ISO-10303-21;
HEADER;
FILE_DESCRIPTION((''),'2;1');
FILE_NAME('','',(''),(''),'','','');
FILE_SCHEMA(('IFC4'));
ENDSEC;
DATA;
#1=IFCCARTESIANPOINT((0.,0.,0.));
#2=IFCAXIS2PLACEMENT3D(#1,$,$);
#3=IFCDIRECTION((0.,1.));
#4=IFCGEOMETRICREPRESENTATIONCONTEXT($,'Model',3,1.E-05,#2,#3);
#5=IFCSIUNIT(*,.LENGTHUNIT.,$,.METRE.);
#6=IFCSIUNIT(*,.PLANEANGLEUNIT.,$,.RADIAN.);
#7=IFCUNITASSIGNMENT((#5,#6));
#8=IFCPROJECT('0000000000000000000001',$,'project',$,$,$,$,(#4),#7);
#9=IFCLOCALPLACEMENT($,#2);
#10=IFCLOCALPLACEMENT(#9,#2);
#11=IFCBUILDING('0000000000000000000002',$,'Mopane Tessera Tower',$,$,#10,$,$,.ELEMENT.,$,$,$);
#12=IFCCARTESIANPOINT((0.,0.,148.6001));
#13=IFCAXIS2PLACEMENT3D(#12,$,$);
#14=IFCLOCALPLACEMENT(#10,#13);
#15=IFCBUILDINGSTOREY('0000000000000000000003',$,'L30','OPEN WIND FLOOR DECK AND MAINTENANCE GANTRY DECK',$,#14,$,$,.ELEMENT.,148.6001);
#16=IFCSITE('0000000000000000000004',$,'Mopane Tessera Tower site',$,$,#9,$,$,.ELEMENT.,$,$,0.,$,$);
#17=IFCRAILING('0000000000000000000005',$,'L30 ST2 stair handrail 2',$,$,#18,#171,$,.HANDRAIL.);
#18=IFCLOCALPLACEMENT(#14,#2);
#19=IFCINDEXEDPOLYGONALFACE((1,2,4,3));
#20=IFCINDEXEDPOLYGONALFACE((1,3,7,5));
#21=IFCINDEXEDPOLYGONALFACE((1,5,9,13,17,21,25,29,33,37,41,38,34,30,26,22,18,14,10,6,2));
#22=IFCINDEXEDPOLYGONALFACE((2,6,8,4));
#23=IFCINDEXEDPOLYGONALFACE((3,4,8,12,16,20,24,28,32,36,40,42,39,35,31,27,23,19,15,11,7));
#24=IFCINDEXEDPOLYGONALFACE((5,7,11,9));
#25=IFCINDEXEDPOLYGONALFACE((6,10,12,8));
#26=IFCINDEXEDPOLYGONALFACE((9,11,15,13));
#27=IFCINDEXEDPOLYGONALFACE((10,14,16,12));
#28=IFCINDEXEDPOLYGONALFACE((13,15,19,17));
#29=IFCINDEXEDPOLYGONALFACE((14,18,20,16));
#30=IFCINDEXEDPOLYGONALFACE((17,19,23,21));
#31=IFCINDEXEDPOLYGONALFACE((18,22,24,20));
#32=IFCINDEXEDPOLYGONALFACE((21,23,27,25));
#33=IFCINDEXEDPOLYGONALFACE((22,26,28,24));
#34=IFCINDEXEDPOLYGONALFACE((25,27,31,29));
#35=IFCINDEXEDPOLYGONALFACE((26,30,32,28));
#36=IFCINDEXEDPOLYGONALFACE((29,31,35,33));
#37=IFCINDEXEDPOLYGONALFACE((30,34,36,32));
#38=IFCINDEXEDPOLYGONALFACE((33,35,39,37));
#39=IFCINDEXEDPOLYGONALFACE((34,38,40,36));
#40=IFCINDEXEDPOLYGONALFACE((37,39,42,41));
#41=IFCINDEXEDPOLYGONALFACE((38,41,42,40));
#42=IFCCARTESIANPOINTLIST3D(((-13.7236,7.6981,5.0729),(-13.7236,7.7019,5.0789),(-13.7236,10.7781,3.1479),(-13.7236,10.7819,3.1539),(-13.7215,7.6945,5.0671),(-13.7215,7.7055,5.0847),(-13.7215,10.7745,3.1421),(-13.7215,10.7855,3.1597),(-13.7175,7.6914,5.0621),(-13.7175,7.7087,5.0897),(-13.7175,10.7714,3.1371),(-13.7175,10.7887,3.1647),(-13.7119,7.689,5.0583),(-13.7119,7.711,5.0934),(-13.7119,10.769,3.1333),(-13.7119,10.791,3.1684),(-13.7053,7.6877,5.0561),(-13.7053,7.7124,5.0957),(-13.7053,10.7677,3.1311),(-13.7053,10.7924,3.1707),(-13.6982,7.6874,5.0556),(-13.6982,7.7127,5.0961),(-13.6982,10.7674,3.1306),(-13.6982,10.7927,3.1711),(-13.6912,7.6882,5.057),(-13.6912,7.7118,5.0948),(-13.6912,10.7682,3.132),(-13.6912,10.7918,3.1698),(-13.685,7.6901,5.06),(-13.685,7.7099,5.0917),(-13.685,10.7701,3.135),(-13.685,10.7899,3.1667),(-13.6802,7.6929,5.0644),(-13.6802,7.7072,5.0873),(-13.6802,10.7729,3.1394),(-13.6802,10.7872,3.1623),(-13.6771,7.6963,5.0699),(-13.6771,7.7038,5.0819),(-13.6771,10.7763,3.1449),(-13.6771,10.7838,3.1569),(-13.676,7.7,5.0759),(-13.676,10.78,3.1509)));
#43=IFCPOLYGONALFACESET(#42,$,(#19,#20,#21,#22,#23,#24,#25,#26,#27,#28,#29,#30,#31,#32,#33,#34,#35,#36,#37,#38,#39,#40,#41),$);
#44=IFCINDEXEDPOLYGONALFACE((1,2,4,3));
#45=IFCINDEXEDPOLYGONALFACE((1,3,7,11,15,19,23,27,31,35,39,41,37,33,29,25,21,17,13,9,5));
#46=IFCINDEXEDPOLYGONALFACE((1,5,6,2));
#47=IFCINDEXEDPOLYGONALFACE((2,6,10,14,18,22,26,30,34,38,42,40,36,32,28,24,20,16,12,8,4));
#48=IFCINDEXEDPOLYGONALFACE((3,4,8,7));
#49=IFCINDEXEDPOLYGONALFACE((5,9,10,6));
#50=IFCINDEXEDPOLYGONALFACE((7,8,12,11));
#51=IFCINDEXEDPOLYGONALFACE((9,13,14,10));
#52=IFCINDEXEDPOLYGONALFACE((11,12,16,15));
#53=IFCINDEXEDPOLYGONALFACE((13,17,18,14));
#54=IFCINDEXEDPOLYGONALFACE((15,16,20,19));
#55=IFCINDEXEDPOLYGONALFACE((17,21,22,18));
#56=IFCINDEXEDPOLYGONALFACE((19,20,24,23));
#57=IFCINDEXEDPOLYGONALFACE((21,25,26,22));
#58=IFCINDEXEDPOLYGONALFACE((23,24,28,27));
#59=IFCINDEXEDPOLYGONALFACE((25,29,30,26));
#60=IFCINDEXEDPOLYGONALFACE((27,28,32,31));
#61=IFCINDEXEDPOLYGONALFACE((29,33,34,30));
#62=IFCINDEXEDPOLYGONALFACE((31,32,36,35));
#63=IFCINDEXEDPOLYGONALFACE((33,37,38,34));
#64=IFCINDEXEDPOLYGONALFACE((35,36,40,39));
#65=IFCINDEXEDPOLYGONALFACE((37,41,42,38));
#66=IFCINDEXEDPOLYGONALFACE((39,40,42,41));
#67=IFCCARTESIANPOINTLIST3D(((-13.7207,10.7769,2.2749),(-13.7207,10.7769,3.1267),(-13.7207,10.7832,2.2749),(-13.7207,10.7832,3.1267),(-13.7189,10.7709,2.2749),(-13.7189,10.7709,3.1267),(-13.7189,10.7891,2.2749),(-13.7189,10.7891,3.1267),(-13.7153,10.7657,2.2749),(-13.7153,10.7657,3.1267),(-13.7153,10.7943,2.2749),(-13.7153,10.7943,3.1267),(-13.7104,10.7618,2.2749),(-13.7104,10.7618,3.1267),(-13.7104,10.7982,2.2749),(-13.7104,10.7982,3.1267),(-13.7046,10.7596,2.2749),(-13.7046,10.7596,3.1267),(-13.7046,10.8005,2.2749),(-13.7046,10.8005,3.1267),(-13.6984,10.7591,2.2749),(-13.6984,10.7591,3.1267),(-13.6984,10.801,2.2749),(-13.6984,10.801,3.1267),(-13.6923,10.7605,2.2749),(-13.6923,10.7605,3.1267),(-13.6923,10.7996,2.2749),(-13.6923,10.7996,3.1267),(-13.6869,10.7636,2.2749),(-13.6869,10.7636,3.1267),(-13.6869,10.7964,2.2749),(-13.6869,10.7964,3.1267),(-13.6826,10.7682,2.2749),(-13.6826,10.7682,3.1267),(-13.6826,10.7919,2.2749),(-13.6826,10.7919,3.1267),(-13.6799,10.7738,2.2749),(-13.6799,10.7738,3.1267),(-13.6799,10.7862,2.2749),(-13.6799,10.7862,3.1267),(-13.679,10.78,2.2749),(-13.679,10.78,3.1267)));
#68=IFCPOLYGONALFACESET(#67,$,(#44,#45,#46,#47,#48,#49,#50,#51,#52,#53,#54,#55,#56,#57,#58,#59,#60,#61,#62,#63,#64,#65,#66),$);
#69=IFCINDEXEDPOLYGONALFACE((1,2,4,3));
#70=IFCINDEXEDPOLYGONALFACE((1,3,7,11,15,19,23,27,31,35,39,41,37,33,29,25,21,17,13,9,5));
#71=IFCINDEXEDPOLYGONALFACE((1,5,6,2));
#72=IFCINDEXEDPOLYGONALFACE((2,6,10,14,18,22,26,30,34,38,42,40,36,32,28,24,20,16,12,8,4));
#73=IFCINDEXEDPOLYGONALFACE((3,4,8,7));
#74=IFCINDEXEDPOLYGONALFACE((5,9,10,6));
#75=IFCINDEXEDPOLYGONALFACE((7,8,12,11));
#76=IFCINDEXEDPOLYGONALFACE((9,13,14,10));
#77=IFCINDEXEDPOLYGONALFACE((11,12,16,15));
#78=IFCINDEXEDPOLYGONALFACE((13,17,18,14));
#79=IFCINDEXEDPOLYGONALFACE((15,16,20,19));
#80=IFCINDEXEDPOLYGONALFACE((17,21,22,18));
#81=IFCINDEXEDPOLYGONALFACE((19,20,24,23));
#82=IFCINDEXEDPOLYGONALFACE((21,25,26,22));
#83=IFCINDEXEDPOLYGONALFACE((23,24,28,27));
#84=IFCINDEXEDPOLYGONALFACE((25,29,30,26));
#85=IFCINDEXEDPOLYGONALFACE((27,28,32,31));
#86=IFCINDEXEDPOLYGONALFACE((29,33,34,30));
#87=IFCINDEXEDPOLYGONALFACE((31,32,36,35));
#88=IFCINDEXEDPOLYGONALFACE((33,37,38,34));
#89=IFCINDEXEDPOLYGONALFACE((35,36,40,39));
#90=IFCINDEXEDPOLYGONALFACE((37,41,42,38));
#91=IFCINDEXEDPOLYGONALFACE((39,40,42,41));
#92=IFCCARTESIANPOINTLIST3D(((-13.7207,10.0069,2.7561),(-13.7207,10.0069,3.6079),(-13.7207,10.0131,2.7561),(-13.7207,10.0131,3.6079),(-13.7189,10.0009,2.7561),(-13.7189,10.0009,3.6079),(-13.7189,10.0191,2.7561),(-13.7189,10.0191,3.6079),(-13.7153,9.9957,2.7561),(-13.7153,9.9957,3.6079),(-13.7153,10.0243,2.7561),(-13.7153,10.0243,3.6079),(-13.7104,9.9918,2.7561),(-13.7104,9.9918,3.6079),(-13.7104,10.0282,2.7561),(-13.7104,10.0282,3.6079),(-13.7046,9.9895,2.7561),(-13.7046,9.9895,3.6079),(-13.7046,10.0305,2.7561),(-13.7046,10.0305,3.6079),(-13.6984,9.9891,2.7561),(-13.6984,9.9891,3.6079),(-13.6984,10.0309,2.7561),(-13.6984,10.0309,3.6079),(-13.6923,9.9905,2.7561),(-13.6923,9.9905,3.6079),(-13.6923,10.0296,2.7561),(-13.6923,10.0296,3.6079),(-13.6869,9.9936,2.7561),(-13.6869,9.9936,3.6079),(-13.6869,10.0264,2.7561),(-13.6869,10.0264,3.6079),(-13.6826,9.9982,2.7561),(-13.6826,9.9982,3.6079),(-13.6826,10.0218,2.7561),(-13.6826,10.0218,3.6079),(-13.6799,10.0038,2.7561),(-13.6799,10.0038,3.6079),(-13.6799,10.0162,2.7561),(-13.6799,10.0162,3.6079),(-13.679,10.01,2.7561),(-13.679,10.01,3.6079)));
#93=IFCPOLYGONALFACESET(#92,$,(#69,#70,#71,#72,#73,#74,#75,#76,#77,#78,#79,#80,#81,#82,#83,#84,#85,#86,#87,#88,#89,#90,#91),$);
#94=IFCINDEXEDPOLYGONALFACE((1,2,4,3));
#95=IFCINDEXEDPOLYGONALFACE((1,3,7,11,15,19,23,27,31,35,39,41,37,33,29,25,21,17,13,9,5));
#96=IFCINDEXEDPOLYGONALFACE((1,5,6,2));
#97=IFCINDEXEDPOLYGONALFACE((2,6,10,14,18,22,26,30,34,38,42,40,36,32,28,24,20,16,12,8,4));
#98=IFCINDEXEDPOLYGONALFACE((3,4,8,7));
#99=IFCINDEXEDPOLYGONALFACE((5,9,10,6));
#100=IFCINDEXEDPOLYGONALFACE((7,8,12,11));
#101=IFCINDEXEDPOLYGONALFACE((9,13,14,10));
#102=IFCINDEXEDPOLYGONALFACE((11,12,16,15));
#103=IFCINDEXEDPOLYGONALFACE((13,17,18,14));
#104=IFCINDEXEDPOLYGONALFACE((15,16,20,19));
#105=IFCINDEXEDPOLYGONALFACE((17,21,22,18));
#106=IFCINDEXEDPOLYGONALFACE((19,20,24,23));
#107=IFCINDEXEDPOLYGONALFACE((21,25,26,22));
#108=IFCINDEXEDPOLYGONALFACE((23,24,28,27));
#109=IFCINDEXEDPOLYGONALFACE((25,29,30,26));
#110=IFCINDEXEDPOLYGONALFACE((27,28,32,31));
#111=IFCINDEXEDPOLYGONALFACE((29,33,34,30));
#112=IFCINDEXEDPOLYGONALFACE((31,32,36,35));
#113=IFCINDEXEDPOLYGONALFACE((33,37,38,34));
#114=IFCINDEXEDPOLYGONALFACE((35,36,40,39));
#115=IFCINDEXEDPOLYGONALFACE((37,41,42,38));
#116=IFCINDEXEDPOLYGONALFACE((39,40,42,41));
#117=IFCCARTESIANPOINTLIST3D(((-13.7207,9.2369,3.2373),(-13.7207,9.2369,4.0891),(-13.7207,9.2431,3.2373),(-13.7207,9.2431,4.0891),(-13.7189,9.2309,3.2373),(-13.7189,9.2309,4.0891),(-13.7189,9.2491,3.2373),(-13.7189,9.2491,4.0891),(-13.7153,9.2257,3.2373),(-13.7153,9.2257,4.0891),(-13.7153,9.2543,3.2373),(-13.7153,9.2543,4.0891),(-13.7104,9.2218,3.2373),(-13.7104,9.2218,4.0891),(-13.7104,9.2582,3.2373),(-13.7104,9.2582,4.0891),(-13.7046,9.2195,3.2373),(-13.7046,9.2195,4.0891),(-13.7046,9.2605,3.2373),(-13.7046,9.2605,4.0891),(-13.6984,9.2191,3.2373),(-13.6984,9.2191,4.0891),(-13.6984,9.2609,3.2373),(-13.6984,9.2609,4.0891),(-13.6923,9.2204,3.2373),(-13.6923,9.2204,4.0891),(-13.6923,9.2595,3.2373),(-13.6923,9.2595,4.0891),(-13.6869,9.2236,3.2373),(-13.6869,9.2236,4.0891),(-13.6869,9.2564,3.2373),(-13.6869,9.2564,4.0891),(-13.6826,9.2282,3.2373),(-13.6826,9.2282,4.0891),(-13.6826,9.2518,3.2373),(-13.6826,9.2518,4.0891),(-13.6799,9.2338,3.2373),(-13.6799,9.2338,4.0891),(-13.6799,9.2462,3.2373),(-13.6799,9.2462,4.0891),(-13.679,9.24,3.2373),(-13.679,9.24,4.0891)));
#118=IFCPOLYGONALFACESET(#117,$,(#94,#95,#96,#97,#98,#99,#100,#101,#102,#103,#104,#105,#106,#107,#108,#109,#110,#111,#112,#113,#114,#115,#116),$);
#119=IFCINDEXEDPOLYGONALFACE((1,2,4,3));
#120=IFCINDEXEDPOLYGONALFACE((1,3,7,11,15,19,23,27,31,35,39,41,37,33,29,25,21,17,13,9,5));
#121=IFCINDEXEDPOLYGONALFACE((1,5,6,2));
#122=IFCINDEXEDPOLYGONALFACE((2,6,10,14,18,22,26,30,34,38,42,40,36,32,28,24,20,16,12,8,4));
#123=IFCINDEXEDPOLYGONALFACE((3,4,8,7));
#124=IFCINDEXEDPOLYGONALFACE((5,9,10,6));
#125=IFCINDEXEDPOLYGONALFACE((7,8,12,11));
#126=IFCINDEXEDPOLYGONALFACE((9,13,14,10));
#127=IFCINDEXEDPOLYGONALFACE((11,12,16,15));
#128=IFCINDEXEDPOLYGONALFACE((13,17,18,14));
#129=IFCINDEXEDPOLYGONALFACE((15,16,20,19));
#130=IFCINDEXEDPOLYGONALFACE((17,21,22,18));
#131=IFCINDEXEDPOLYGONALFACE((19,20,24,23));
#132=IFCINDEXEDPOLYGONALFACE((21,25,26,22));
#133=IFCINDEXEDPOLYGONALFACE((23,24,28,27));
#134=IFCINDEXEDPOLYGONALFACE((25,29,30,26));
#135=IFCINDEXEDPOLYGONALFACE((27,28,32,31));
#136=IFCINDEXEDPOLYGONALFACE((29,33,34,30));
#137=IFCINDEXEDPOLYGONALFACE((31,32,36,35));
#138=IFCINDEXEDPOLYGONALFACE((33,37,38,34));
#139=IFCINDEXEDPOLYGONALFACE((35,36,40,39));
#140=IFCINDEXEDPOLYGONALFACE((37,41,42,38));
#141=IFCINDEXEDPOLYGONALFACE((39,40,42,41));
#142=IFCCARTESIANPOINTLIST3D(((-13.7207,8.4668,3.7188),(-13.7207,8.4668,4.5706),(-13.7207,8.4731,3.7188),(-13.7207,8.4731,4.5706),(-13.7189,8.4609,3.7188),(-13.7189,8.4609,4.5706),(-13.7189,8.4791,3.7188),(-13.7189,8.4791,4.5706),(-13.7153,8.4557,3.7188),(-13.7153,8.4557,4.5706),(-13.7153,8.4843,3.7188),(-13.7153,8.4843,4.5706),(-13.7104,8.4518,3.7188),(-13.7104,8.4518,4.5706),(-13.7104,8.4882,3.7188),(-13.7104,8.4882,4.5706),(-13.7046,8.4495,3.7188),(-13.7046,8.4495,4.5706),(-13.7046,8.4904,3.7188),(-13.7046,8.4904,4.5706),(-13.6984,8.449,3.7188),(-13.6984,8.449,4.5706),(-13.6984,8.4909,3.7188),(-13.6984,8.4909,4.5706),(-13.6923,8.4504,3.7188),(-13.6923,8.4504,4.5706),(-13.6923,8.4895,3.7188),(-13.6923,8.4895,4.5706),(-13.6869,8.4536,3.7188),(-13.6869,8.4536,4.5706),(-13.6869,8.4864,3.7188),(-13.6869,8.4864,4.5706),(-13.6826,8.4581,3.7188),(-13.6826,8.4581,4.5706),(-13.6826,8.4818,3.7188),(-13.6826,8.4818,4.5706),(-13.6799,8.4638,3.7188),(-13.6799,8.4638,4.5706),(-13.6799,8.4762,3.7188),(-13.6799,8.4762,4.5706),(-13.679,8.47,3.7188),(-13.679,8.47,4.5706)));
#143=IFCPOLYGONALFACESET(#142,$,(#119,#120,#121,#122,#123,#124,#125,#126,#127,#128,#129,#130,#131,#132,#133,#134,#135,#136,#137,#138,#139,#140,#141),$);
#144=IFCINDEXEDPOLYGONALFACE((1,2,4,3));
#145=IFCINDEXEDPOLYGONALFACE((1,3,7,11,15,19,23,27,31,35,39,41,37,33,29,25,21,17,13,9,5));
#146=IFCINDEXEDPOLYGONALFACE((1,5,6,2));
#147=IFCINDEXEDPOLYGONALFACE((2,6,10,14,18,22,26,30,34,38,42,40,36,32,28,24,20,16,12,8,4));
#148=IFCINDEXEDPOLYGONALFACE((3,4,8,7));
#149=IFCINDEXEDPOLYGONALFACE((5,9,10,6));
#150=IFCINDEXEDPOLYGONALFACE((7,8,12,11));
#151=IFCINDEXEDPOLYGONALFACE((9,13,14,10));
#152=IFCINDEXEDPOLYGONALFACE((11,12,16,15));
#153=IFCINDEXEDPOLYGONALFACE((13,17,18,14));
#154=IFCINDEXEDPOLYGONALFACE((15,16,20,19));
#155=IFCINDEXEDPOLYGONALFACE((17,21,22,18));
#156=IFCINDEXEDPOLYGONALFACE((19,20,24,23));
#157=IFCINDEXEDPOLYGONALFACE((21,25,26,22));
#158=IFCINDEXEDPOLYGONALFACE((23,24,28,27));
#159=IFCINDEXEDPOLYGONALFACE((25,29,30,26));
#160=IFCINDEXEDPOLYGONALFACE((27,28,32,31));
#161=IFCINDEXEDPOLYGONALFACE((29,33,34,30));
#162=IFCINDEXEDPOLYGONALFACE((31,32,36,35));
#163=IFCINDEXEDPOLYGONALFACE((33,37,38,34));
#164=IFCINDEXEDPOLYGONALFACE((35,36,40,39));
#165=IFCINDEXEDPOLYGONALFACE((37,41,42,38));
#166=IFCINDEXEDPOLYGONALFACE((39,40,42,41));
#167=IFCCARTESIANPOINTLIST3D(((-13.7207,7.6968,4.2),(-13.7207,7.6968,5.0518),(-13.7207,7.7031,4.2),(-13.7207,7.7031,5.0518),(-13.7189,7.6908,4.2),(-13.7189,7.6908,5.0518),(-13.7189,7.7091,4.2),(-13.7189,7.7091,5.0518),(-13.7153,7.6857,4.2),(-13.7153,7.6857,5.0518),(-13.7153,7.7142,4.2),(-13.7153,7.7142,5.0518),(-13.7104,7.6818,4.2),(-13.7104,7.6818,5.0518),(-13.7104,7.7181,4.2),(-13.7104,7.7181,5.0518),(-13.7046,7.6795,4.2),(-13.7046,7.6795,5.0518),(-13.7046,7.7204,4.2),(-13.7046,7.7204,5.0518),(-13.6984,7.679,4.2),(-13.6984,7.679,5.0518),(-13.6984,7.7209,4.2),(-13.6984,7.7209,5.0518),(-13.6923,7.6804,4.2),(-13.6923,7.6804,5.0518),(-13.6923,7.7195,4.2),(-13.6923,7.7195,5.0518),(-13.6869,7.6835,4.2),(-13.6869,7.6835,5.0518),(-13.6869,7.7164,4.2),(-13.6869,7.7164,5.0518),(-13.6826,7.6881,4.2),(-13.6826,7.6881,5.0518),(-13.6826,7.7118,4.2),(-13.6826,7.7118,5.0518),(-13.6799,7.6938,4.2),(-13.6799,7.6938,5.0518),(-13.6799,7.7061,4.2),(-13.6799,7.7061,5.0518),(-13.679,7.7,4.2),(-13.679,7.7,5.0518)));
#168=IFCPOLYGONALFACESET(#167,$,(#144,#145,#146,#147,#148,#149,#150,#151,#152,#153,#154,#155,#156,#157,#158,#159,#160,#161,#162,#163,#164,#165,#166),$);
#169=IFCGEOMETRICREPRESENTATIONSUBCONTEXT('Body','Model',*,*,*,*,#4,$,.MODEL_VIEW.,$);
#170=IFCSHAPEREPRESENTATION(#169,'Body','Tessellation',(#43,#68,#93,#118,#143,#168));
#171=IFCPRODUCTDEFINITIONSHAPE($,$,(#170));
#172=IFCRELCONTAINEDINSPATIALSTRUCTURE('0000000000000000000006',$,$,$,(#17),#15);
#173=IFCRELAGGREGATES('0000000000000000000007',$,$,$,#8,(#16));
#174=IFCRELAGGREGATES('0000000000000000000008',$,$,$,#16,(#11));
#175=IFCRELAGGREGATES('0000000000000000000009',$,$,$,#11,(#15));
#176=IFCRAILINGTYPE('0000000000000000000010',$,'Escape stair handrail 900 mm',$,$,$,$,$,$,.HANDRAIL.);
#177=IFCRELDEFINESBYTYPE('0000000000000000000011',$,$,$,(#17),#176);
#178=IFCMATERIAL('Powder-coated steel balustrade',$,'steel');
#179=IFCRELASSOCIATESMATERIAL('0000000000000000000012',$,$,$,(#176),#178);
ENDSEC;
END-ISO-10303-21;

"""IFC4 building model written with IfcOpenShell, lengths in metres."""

from ifc_helpers import new_model, si_unit, direction, frame, origin, origin_2d, place, context, subcontext, project, spatial, circle, extrude, material, type_object, element, save


model = new_model("IFC4")

# Units and contexts
model_context = context("Model", 3, precision=1e-05, world=origin(), true_north=direction((0.0, 1.0)))
body_context = subcontext(model_context, "Body", "Model", "MODEL_VIEW")
ifc_project = project(units=[si_unit("LENGTHUNIT", "METRE"), si_unit("PLANEANGLEUNIT", "RADIAN")], contexts=[model_context])

# Site, building, storey
site_placement = place(None, origin())
site = spatial("IfcSite", under=ifc_project, at=site_placement, Name="Mopane Tessera Tower site", CompositionType="ELEMENT", RefElevation=0.0)
building_placement = place(site_placement, origin())
building = spatial("IfcBuilding", under=site, at=building_placement, Name="Mopane Tessera Tower", CompositionType="ELEMENT")
storey_placement = place(building_placement, frame((0.0, 0.0, 148.6001)))
storey = spatial("IfcBuildingStorey", under=building, at=storey_placement, Name="L30", Description="OPEN WIND FLOOR DECK AND MAINTENANCE GANTRY DECK", CompositionType="ELEMENT", Elevation=148.6001)

# Railing
ifc_material_1 = material(Name="Powder-coated steel balustrade", Category="steel")
railing_type_1 = type_object("IfcRailingType", Name="Escape stair handrail 900 mm", PredefinedType="HANDRAIL", material=ifc_material_1)
for number, where, name in (
    (1, (-13.7, 10.78, 2.2749), "L30 ST2 stair handrail 2"),
):
    element("IfcRailing", number, at=place(storey_placement, frame(where)), inside=storey, type_object=railing_type_1, Name=name, PredefinedType="HANDRAIL", context=body_context, shape_type="SweptSolid", body=[
        extrude(circle(Radius=0.0239, at=origin_2d()), frame((0.0, 0.0, 0.876), z_axis=(0.0, -0.847998, 0.529999), x_axis=(1.0, 0.0, 0.0)), (0.0, 0.0, 1.0), 3.6321),
        extrude(circle(Radius=0.021, at=origin_2d()), origin(), (0.0, 0.0, 1.0), 0.8518),
        extrude(circle(Radius=0.021, at=origin_2d()), frame((0.0, -0.77, 0.4812)), (0.0, 0.0, 1.0), 0.8518),
        extrude(circle(Radius=0.021, at=origin_2d()), frame((0.0, -1.54, 0.9624)), (0.0, 0.0, 1.0), 0.8518),
        extrude(circle(Radius=0.021, at=origin_2d()), frame((0.0, -2.3101, 1.4438)), (0.0, 0.0, 1.0), 0.8518),
        extrude(circle(Radius=0.021, at=origin_2d()), frame((0.0, -3.0801, 1.925)), (0.0, 0.0, 1.0), 0.8518),
    ])

save(model, "model.ifc")
